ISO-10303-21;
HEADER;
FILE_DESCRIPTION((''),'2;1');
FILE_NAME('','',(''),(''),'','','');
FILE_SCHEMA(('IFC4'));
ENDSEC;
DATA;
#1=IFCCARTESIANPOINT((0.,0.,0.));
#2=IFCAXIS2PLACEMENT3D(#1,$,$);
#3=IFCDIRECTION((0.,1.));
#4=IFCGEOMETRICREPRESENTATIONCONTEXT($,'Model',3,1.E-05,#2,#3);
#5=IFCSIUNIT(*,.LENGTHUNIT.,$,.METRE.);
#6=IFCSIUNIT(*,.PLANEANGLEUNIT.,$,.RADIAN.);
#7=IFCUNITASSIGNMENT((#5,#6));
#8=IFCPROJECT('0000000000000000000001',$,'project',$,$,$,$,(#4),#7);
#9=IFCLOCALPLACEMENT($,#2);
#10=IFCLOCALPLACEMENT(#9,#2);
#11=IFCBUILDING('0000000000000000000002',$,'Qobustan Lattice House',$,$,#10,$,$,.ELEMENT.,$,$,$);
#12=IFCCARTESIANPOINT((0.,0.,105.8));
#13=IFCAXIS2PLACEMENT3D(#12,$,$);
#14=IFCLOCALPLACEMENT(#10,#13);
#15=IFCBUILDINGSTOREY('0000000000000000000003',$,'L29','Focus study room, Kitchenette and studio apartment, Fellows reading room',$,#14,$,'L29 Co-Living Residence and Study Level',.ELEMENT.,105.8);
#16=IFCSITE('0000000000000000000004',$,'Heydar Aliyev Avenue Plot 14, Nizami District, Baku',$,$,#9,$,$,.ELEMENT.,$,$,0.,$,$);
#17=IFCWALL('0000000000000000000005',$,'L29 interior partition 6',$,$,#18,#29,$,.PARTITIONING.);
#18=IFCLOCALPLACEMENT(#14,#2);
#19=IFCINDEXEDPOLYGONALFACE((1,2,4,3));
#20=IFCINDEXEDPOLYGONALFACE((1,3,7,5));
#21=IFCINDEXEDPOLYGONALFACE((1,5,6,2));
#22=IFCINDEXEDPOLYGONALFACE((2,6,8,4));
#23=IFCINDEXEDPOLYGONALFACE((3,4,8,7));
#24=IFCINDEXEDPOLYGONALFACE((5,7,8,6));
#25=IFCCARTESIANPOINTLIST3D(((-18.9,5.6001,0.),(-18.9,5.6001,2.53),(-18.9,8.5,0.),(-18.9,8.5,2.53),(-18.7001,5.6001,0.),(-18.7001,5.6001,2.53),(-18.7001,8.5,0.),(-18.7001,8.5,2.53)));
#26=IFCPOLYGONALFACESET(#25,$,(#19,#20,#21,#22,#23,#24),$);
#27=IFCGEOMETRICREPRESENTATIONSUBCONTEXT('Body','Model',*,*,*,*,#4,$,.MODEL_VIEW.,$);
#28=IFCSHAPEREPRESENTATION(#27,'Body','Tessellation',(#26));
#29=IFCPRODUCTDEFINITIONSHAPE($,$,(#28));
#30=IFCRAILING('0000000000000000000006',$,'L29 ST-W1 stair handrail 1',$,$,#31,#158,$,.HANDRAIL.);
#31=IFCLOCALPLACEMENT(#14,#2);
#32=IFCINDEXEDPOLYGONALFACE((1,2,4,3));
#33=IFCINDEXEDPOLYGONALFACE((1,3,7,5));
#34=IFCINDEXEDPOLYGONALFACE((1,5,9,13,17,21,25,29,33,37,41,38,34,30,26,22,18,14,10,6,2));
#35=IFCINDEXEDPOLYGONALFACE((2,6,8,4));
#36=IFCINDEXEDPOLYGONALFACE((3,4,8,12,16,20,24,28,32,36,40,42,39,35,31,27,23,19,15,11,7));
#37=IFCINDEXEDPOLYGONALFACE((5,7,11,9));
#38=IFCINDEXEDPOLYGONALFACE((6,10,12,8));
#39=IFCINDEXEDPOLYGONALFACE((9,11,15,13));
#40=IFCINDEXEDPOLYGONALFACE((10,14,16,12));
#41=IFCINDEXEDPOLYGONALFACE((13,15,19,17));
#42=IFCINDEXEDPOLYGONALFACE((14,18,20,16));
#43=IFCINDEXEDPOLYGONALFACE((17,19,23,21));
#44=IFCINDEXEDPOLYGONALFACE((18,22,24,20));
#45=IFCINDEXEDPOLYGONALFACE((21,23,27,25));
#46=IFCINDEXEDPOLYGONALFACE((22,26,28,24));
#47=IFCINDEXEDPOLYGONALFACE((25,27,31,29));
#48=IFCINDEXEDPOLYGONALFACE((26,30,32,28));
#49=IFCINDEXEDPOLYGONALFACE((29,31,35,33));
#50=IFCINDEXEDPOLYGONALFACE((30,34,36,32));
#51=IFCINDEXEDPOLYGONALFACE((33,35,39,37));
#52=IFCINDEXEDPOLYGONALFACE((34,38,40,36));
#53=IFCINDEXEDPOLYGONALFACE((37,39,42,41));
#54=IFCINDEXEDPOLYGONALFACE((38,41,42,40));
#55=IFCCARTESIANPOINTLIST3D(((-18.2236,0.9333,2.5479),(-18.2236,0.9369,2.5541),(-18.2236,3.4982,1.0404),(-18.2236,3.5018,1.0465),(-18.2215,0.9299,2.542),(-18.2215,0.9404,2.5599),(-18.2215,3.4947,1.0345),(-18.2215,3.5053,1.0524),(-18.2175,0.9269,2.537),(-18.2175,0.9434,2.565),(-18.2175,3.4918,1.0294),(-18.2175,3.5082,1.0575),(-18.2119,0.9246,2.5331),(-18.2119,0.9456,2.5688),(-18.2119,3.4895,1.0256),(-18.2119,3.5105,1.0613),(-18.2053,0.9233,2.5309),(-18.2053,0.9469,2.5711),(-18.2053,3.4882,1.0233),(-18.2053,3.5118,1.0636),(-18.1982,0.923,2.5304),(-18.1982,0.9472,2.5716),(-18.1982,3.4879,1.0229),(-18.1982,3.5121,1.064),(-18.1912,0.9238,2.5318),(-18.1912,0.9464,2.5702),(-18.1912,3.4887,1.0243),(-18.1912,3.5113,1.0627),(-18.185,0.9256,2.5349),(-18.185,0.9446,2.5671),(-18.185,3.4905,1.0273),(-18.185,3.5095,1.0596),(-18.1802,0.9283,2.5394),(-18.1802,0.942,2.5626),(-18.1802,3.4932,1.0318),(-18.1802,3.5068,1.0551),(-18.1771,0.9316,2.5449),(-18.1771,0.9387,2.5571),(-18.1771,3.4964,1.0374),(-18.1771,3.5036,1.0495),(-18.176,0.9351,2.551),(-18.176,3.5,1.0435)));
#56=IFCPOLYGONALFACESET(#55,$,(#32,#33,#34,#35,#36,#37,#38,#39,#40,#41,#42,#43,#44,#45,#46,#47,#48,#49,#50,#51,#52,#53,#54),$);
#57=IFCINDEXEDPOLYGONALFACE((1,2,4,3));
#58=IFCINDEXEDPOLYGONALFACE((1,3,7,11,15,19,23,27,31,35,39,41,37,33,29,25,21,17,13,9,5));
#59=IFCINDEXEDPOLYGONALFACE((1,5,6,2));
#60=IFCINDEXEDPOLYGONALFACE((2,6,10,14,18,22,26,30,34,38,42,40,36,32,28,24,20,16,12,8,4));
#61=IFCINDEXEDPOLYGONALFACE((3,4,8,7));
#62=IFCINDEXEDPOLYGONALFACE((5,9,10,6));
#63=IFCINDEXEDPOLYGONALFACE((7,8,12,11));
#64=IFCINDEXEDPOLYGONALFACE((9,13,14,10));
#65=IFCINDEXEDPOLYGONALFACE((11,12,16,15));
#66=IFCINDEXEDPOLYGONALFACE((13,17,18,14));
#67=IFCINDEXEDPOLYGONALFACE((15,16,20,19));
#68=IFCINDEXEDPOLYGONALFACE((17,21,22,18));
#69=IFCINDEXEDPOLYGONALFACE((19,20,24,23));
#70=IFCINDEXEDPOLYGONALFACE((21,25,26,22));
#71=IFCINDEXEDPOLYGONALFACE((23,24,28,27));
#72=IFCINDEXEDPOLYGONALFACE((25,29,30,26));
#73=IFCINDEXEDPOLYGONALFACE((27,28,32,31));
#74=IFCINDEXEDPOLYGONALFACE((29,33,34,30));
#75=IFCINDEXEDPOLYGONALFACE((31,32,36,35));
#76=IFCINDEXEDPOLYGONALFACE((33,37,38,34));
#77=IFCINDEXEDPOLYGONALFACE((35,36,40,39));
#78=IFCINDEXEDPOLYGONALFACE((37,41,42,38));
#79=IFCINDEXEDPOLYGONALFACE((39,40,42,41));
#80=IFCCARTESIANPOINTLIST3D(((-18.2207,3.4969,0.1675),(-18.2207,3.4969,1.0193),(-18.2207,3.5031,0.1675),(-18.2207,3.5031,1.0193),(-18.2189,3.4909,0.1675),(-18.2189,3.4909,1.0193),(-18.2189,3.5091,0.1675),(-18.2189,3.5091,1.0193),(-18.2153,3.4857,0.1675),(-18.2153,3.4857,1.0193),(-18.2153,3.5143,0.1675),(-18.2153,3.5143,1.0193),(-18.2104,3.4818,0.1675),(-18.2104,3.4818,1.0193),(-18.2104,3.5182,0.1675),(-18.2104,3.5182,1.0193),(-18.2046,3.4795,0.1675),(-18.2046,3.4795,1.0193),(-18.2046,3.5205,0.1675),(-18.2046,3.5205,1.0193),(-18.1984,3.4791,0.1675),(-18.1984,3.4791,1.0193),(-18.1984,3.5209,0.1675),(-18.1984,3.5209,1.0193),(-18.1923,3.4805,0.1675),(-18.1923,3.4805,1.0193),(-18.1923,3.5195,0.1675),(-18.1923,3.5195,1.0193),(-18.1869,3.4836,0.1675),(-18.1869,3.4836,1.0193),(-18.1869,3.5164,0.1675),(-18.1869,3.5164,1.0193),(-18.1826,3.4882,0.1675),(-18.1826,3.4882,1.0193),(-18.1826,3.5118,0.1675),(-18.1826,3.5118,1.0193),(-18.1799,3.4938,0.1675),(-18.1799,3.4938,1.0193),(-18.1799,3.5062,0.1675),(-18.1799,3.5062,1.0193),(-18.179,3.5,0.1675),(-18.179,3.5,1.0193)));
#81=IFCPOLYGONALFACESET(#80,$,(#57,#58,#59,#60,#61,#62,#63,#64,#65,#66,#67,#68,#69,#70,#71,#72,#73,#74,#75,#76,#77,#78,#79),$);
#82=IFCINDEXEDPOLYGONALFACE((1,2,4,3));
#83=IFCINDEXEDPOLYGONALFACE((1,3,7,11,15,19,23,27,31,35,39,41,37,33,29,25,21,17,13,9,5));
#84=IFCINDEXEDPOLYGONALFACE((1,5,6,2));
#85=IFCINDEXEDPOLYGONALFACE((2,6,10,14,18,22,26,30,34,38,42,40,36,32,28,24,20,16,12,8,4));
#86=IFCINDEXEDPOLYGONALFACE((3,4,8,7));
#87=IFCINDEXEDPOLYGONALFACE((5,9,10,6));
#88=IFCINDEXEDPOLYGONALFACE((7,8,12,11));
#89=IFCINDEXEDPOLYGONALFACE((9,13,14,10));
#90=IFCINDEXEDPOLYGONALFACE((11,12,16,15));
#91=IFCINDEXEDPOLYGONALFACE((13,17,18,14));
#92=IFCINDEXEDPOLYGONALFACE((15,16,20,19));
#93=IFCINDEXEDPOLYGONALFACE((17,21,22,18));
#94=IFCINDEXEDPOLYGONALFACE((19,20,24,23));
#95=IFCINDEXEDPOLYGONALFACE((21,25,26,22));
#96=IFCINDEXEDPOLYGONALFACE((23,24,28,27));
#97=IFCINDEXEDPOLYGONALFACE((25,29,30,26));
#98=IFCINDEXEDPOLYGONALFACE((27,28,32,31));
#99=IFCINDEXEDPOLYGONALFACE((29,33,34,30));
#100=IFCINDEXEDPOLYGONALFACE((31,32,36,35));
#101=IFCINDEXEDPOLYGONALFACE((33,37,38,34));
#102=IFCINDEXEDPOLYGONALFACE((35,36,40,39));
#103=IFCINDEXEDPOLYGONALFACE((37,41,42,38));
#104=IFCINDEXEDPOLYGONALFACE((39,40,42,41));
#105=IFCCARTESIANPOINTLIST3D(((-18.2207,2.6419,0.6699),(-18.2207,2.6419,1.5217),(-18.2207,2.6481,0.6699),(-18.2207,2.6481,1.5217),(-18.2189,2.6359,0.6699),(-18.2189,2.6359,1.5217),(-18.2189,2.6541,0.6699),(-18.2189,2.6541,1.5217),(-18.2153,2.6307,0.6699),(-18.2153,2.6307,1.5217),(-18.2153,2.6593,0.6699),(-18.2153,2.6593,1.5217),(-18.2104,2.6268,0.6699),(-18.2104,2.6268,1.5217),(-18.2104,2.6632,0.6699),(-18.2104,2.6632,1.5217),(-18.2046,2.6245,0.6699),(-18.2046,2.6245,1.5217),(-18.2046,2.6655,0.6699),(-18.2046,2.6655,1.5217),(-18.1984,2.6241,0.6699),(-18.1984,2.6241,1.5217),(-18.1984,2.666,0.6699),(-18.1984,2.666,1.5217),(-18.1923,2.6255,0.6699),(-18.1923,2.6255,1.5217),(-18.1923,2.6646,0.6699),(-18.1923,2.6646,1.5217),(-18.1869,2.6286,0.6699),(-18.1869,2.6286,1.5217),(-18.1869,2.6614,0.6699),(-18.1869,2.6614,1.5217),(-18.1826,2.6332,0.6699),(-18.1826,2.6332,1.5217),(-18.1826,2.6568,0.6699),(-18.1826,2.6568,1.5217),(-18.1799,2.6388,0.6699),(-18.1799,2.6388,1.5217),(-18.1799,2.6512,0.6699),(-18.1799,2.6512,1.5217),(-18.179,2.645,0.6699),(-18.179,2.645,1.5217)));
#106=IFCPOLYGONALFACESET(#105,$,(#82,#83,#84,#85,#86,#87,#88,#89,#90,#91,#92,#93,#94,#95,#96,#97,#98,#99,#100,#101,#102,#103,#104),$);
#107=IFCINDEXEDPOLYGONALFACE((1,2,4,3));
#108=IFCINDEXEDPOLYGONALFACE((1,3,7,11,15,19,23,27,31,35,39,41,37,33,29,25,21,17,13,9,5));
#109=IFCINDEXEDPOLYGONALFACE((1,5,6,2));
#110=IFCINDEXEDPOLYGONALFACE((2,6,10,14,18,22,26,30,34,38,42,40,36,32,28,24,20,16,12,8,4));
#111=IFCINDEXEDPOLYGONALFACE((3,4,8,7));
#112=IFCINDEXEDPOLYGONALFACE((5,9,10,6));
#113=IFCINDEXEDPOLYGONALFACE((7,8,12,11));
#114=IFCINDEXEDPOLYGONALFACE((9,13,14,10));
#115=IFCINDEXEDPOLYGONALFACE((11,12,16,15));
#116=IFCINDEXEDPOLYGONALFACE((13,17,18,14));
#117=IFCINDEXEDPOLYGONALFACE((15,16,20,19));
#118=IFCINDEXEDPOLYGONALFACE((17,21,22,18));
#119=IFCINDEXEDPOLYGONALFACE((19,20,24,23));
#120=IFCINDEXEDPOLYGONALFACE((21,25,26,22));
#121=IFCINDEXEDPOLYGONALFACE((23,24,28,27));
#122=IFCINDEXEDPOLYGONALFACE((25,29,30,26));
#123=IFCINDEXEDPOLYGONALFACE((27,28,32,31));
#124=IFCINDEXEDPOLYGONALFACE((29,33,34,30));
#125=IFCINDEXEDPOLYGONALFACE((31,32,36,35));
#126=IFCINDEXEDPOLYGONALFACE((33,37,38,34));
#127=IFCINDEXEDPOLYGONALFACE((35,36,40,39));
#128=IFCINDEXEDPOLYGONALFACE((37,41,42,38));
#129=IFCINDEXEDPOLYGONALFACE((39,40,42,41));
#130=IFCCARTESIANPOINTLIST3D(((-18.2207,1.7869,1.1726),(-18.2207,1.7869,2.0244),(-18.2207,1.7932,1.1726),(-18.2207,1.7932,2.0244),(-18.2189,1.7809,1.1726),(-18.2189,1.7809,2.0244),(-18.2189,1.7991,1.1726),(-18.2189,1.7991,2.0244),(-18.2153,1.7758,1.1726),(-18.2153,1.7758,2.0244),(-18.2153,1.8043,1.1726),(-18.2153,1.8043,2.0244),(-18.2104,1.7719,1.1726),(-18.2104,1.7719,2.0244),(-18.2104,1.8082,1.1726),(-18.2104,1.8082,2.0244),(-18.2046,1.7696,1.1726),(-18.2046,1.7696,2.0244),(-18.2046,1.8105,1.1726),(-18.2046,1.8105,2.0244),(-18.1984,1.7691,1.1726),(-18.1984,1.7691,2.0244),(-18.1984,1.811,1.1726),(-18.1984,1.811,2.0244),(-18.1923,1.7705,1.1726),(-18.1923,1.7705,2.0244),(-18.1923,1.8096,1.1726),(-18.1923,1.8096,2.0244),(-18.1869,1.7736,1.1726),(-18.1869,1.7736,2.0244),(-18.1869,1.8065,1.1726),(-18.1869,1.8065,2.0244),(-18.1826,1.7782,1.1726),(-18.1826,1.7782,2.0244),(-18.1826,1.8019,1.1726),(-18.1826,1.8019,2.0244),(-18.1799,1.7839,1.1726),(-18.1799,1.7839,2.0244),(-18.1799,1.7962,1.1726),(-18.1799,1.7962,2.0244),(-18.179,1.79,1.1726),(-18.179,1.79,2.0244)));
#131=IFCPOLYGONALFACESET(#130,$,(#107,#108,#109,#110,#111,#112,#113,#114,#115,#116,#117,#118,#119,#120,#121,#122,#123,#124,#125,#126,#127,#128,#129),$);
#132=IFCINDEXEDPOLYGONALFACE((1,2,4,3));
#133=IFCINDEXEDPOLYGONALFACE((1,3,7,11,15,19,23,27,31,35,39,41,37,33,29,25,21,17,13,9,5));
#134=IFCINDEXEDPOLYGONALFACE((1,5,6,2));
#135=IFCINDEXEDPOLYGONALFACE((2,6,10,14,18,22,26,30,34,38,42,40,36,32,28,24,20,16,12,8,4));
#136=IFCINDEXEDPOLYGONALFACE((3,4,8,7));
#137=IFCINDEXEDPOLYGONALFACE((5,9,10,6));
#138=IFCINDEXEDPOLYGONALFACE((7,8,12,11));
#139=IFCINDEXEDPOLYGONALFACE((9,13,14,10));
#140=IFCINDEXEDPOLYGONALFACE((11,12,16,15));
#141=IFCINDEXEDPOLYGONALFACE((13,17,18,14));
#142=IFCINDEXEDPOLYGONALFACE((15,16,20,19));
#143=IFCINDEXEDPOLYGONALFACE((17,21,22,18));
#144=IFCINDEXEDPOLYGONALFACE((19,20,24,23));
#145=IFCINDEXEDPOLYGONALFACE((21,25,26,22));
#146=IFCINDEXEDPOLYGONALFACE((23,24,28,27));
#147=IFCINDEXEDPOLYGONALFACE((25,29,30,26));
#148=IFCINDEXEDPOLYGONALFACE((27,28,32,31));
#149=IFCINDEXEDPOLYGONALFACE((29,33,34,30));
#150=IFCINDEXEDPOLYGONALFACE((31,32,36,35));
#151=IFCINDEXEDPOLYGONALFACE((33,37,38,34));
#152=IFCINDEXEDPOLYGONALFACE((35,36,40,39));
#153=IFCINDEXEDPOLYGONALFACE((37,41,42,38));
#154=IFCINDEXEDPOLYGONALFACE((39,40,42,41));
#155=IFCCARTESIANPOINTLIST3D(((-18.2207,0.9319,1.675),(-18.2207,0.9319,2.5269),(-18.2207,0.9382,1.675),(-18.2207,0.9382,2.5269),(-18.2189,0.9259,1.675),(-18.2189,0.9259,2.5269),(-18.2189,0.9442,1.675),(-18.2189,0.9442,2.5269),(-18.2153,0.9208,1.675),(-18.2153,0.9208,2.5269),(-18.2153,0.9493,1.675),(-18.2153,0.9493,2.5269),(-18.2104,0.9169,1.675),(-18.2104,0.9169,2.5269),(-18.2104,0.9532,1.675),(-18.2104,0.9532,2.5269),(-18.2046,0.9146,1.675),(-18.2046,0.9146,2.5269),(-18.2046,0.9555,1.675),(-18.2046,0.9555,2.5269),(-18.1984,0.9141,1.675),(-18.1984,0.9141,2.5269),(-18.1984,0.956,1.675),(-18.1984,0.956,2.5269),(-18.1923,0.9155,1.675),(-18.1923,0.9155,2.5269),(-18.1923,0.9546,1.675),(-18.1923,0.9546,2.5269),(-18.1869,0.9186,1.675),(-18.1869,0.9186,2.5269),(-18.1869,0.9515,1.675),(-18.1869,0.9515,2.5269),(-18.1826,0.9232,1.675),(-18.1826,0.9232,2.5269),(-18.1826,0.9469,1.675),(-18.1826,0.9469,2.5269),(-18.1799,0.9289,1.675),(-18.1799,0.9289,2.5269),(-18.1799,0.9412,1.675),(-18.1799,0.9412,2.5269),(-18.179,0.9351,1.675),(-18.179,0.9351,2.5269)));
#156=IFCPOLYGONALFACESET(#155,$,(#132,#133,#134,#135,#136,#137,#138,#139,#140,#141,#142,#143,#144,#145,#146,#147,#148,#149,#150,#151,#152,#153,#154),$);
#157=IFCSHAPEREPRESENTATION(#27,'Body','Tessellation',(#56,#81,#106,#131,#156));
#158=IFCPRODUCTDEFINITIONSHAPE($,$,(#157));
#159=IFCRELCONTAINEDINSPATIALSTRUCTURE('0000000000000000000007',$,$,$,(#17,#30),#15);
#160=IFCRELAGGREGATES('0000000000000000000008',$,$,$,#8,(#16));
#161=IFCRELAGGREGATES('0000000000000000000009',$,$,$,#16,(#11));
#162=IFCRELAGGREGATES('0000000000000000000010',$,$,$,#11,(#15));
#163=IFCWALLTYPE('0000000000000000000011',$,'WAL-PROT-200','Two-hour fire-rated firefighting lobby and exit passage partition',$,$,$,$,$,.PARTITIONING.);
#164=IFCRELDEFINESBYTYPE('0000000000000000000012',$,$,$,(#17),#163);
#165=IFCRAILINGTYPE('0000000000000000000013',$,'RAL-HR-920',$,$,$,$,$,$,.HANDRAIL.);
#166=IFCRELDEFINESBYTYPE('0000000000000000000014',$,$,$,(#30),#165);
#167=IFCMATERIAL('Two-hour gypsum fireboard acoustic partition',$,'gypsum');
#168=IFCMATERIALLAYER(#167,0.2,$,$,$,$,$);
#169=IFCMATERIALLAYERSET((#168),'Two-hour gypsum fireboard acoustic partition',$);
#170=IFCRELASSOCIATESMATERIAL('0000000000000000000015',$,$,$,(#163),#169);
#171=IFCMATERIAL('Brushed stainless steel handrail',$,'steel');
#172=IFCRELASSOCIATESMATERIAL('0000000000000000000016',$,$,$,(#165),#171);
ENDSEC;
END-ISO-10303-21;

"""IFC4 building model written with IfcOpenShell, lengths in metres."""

from ifc_helpers import new_model, si_unit, direction, frame, frame_2d, origin, origin_2d, place, context, subcontext, project, spatial, rectangle, circle, extrude, material, layer, layer_set, type_object, element, save


model = new_model("IFC4")

# Units and contexts
model_context = context("Model", 3, precision=1e-05, world=origin(), true_north=direction((0.0, 1.0)))
body_context = subcontext(model_context, "Body", "Model", "MODEL_VIEW")
ifc_project = project(units=[si_unit("LENGTHUNIT", "METRE"), si_unit("PLANEANGLEUNIT", "RADIAN")], contexts=[model_context])

# Site, building, storey
site_placement = place(None, origin())
site = spatial("IfcSite", under=ifc_project, at=site_placement, Name="Heydar Aliyev Avenue Plot 14, Nizami District, Baku", CompositionType="ELEMENT", RefElevation=0.0)
building_placement = place(site_placement, origin())
building = spatial("IfcBuilding", under=site, at=building_placement, Name="Qobustan Lattice House", CompositionType="ELEMENT")
storey_placement = place(building_placement, frame((0.0, 0.0, 105.8)))
storey = spatial("IfcBuildingStorey", under=building, at=storey_placement, Name="L29", Description="Focus study room, Kitchenette and studio apartment, Fellows reading room", LongName="L29 Co-Living Residence and Study Level", CompositionType="ELEMENT", Elevation=105.8)

# Wall
ifc_material_1 = material(Name="Two-hour gypsum fireboard acoustic partition", Category="gypsum")
ifc_layer_1 = layer(ifc_material_1, 0.2)
ifc_layer_set_1 = layer_set([ifc_layer_1], Name="Two-hour gypsum fireboard acoustic partition")
wall_type_1 = type_object("IfcWallType", Name="WAL-PROT-200", Description="Two-hour fire-rated firefighting lobby and exit passage partition", PredefinedType="PARTITIONING", material=ifc_layer_set_1)
wall_1_placement = place(storey_placement, frame((-18.8, 8.5, 0.0), z_axis=(0.0, 0.0, 1.0), x_axis=(0.0, -1.0, 0.0)))
element("IfcWall", 1, at=wall_1_placement, inside=storey, type_object=wall_type_1, Name="L29 interior partition 6", PredefinedType="PARTITIONING", context=body_context, shape_type="SweptSolid", body=[
    extrude(rectangle(XDim=2.8999, YDim=0.2, at=frame_2d((1.45, 0.0))), origin(), (0.0, 0.0, 1.0), 2.53),
])

# Railing
ifc_material_2 = material(Name="Brushed stainless steel handrail", Category="steel")
railing_type = type_object("IfcRailingType", Name="RAL-HR-920", PredefinedType="HANDRAIL", material=ifc_material_2)
railing_placement = place(storey_placement, frame((-18.2, 3.5, 0.1675)))
element("IfcRailing", 2, at=railing_placement, inside=storey, type_object=railing_type, Name="L29 ST-W1 stair handrail 1", PredefinedType="HANDRAIL", context=body_context, shape_type="SweptSolid", body=[
    extrude(circle(Radius=0.0239, at=origin_2d()), frame((0.0, 0.0, 0.876), z_axis=(0.0, -0.862113, 0.506715), x_axis=(1.0, 0.0, 0.0)), (0.0, 0.0, 1.0), 2.9751),
    extrude(circle(Radius=0.021, at=origin_2d()), origin(), (0.0, 0.0, 1.0), 0.8518),
    extrude(circle(Radius=0.021, at=origin_2d()), frame((0.0, -0.855, 0.5024)), (0.0, 0.0, 1.0), 0.8518),
    extrude(circle(Radius=0.021, at=origin_2d()), frame((0.0, -1.71, 1.0051)), (0.0, 0.0, 1.0), 0.8518),
    extrude(circle(Radius=0.021, at=origin_2d()), frame((0.0, -2.5649, 1.5076)), (0.0, 0.0, 1.0), 0.8518),
])

save(model, "model.ifc")
